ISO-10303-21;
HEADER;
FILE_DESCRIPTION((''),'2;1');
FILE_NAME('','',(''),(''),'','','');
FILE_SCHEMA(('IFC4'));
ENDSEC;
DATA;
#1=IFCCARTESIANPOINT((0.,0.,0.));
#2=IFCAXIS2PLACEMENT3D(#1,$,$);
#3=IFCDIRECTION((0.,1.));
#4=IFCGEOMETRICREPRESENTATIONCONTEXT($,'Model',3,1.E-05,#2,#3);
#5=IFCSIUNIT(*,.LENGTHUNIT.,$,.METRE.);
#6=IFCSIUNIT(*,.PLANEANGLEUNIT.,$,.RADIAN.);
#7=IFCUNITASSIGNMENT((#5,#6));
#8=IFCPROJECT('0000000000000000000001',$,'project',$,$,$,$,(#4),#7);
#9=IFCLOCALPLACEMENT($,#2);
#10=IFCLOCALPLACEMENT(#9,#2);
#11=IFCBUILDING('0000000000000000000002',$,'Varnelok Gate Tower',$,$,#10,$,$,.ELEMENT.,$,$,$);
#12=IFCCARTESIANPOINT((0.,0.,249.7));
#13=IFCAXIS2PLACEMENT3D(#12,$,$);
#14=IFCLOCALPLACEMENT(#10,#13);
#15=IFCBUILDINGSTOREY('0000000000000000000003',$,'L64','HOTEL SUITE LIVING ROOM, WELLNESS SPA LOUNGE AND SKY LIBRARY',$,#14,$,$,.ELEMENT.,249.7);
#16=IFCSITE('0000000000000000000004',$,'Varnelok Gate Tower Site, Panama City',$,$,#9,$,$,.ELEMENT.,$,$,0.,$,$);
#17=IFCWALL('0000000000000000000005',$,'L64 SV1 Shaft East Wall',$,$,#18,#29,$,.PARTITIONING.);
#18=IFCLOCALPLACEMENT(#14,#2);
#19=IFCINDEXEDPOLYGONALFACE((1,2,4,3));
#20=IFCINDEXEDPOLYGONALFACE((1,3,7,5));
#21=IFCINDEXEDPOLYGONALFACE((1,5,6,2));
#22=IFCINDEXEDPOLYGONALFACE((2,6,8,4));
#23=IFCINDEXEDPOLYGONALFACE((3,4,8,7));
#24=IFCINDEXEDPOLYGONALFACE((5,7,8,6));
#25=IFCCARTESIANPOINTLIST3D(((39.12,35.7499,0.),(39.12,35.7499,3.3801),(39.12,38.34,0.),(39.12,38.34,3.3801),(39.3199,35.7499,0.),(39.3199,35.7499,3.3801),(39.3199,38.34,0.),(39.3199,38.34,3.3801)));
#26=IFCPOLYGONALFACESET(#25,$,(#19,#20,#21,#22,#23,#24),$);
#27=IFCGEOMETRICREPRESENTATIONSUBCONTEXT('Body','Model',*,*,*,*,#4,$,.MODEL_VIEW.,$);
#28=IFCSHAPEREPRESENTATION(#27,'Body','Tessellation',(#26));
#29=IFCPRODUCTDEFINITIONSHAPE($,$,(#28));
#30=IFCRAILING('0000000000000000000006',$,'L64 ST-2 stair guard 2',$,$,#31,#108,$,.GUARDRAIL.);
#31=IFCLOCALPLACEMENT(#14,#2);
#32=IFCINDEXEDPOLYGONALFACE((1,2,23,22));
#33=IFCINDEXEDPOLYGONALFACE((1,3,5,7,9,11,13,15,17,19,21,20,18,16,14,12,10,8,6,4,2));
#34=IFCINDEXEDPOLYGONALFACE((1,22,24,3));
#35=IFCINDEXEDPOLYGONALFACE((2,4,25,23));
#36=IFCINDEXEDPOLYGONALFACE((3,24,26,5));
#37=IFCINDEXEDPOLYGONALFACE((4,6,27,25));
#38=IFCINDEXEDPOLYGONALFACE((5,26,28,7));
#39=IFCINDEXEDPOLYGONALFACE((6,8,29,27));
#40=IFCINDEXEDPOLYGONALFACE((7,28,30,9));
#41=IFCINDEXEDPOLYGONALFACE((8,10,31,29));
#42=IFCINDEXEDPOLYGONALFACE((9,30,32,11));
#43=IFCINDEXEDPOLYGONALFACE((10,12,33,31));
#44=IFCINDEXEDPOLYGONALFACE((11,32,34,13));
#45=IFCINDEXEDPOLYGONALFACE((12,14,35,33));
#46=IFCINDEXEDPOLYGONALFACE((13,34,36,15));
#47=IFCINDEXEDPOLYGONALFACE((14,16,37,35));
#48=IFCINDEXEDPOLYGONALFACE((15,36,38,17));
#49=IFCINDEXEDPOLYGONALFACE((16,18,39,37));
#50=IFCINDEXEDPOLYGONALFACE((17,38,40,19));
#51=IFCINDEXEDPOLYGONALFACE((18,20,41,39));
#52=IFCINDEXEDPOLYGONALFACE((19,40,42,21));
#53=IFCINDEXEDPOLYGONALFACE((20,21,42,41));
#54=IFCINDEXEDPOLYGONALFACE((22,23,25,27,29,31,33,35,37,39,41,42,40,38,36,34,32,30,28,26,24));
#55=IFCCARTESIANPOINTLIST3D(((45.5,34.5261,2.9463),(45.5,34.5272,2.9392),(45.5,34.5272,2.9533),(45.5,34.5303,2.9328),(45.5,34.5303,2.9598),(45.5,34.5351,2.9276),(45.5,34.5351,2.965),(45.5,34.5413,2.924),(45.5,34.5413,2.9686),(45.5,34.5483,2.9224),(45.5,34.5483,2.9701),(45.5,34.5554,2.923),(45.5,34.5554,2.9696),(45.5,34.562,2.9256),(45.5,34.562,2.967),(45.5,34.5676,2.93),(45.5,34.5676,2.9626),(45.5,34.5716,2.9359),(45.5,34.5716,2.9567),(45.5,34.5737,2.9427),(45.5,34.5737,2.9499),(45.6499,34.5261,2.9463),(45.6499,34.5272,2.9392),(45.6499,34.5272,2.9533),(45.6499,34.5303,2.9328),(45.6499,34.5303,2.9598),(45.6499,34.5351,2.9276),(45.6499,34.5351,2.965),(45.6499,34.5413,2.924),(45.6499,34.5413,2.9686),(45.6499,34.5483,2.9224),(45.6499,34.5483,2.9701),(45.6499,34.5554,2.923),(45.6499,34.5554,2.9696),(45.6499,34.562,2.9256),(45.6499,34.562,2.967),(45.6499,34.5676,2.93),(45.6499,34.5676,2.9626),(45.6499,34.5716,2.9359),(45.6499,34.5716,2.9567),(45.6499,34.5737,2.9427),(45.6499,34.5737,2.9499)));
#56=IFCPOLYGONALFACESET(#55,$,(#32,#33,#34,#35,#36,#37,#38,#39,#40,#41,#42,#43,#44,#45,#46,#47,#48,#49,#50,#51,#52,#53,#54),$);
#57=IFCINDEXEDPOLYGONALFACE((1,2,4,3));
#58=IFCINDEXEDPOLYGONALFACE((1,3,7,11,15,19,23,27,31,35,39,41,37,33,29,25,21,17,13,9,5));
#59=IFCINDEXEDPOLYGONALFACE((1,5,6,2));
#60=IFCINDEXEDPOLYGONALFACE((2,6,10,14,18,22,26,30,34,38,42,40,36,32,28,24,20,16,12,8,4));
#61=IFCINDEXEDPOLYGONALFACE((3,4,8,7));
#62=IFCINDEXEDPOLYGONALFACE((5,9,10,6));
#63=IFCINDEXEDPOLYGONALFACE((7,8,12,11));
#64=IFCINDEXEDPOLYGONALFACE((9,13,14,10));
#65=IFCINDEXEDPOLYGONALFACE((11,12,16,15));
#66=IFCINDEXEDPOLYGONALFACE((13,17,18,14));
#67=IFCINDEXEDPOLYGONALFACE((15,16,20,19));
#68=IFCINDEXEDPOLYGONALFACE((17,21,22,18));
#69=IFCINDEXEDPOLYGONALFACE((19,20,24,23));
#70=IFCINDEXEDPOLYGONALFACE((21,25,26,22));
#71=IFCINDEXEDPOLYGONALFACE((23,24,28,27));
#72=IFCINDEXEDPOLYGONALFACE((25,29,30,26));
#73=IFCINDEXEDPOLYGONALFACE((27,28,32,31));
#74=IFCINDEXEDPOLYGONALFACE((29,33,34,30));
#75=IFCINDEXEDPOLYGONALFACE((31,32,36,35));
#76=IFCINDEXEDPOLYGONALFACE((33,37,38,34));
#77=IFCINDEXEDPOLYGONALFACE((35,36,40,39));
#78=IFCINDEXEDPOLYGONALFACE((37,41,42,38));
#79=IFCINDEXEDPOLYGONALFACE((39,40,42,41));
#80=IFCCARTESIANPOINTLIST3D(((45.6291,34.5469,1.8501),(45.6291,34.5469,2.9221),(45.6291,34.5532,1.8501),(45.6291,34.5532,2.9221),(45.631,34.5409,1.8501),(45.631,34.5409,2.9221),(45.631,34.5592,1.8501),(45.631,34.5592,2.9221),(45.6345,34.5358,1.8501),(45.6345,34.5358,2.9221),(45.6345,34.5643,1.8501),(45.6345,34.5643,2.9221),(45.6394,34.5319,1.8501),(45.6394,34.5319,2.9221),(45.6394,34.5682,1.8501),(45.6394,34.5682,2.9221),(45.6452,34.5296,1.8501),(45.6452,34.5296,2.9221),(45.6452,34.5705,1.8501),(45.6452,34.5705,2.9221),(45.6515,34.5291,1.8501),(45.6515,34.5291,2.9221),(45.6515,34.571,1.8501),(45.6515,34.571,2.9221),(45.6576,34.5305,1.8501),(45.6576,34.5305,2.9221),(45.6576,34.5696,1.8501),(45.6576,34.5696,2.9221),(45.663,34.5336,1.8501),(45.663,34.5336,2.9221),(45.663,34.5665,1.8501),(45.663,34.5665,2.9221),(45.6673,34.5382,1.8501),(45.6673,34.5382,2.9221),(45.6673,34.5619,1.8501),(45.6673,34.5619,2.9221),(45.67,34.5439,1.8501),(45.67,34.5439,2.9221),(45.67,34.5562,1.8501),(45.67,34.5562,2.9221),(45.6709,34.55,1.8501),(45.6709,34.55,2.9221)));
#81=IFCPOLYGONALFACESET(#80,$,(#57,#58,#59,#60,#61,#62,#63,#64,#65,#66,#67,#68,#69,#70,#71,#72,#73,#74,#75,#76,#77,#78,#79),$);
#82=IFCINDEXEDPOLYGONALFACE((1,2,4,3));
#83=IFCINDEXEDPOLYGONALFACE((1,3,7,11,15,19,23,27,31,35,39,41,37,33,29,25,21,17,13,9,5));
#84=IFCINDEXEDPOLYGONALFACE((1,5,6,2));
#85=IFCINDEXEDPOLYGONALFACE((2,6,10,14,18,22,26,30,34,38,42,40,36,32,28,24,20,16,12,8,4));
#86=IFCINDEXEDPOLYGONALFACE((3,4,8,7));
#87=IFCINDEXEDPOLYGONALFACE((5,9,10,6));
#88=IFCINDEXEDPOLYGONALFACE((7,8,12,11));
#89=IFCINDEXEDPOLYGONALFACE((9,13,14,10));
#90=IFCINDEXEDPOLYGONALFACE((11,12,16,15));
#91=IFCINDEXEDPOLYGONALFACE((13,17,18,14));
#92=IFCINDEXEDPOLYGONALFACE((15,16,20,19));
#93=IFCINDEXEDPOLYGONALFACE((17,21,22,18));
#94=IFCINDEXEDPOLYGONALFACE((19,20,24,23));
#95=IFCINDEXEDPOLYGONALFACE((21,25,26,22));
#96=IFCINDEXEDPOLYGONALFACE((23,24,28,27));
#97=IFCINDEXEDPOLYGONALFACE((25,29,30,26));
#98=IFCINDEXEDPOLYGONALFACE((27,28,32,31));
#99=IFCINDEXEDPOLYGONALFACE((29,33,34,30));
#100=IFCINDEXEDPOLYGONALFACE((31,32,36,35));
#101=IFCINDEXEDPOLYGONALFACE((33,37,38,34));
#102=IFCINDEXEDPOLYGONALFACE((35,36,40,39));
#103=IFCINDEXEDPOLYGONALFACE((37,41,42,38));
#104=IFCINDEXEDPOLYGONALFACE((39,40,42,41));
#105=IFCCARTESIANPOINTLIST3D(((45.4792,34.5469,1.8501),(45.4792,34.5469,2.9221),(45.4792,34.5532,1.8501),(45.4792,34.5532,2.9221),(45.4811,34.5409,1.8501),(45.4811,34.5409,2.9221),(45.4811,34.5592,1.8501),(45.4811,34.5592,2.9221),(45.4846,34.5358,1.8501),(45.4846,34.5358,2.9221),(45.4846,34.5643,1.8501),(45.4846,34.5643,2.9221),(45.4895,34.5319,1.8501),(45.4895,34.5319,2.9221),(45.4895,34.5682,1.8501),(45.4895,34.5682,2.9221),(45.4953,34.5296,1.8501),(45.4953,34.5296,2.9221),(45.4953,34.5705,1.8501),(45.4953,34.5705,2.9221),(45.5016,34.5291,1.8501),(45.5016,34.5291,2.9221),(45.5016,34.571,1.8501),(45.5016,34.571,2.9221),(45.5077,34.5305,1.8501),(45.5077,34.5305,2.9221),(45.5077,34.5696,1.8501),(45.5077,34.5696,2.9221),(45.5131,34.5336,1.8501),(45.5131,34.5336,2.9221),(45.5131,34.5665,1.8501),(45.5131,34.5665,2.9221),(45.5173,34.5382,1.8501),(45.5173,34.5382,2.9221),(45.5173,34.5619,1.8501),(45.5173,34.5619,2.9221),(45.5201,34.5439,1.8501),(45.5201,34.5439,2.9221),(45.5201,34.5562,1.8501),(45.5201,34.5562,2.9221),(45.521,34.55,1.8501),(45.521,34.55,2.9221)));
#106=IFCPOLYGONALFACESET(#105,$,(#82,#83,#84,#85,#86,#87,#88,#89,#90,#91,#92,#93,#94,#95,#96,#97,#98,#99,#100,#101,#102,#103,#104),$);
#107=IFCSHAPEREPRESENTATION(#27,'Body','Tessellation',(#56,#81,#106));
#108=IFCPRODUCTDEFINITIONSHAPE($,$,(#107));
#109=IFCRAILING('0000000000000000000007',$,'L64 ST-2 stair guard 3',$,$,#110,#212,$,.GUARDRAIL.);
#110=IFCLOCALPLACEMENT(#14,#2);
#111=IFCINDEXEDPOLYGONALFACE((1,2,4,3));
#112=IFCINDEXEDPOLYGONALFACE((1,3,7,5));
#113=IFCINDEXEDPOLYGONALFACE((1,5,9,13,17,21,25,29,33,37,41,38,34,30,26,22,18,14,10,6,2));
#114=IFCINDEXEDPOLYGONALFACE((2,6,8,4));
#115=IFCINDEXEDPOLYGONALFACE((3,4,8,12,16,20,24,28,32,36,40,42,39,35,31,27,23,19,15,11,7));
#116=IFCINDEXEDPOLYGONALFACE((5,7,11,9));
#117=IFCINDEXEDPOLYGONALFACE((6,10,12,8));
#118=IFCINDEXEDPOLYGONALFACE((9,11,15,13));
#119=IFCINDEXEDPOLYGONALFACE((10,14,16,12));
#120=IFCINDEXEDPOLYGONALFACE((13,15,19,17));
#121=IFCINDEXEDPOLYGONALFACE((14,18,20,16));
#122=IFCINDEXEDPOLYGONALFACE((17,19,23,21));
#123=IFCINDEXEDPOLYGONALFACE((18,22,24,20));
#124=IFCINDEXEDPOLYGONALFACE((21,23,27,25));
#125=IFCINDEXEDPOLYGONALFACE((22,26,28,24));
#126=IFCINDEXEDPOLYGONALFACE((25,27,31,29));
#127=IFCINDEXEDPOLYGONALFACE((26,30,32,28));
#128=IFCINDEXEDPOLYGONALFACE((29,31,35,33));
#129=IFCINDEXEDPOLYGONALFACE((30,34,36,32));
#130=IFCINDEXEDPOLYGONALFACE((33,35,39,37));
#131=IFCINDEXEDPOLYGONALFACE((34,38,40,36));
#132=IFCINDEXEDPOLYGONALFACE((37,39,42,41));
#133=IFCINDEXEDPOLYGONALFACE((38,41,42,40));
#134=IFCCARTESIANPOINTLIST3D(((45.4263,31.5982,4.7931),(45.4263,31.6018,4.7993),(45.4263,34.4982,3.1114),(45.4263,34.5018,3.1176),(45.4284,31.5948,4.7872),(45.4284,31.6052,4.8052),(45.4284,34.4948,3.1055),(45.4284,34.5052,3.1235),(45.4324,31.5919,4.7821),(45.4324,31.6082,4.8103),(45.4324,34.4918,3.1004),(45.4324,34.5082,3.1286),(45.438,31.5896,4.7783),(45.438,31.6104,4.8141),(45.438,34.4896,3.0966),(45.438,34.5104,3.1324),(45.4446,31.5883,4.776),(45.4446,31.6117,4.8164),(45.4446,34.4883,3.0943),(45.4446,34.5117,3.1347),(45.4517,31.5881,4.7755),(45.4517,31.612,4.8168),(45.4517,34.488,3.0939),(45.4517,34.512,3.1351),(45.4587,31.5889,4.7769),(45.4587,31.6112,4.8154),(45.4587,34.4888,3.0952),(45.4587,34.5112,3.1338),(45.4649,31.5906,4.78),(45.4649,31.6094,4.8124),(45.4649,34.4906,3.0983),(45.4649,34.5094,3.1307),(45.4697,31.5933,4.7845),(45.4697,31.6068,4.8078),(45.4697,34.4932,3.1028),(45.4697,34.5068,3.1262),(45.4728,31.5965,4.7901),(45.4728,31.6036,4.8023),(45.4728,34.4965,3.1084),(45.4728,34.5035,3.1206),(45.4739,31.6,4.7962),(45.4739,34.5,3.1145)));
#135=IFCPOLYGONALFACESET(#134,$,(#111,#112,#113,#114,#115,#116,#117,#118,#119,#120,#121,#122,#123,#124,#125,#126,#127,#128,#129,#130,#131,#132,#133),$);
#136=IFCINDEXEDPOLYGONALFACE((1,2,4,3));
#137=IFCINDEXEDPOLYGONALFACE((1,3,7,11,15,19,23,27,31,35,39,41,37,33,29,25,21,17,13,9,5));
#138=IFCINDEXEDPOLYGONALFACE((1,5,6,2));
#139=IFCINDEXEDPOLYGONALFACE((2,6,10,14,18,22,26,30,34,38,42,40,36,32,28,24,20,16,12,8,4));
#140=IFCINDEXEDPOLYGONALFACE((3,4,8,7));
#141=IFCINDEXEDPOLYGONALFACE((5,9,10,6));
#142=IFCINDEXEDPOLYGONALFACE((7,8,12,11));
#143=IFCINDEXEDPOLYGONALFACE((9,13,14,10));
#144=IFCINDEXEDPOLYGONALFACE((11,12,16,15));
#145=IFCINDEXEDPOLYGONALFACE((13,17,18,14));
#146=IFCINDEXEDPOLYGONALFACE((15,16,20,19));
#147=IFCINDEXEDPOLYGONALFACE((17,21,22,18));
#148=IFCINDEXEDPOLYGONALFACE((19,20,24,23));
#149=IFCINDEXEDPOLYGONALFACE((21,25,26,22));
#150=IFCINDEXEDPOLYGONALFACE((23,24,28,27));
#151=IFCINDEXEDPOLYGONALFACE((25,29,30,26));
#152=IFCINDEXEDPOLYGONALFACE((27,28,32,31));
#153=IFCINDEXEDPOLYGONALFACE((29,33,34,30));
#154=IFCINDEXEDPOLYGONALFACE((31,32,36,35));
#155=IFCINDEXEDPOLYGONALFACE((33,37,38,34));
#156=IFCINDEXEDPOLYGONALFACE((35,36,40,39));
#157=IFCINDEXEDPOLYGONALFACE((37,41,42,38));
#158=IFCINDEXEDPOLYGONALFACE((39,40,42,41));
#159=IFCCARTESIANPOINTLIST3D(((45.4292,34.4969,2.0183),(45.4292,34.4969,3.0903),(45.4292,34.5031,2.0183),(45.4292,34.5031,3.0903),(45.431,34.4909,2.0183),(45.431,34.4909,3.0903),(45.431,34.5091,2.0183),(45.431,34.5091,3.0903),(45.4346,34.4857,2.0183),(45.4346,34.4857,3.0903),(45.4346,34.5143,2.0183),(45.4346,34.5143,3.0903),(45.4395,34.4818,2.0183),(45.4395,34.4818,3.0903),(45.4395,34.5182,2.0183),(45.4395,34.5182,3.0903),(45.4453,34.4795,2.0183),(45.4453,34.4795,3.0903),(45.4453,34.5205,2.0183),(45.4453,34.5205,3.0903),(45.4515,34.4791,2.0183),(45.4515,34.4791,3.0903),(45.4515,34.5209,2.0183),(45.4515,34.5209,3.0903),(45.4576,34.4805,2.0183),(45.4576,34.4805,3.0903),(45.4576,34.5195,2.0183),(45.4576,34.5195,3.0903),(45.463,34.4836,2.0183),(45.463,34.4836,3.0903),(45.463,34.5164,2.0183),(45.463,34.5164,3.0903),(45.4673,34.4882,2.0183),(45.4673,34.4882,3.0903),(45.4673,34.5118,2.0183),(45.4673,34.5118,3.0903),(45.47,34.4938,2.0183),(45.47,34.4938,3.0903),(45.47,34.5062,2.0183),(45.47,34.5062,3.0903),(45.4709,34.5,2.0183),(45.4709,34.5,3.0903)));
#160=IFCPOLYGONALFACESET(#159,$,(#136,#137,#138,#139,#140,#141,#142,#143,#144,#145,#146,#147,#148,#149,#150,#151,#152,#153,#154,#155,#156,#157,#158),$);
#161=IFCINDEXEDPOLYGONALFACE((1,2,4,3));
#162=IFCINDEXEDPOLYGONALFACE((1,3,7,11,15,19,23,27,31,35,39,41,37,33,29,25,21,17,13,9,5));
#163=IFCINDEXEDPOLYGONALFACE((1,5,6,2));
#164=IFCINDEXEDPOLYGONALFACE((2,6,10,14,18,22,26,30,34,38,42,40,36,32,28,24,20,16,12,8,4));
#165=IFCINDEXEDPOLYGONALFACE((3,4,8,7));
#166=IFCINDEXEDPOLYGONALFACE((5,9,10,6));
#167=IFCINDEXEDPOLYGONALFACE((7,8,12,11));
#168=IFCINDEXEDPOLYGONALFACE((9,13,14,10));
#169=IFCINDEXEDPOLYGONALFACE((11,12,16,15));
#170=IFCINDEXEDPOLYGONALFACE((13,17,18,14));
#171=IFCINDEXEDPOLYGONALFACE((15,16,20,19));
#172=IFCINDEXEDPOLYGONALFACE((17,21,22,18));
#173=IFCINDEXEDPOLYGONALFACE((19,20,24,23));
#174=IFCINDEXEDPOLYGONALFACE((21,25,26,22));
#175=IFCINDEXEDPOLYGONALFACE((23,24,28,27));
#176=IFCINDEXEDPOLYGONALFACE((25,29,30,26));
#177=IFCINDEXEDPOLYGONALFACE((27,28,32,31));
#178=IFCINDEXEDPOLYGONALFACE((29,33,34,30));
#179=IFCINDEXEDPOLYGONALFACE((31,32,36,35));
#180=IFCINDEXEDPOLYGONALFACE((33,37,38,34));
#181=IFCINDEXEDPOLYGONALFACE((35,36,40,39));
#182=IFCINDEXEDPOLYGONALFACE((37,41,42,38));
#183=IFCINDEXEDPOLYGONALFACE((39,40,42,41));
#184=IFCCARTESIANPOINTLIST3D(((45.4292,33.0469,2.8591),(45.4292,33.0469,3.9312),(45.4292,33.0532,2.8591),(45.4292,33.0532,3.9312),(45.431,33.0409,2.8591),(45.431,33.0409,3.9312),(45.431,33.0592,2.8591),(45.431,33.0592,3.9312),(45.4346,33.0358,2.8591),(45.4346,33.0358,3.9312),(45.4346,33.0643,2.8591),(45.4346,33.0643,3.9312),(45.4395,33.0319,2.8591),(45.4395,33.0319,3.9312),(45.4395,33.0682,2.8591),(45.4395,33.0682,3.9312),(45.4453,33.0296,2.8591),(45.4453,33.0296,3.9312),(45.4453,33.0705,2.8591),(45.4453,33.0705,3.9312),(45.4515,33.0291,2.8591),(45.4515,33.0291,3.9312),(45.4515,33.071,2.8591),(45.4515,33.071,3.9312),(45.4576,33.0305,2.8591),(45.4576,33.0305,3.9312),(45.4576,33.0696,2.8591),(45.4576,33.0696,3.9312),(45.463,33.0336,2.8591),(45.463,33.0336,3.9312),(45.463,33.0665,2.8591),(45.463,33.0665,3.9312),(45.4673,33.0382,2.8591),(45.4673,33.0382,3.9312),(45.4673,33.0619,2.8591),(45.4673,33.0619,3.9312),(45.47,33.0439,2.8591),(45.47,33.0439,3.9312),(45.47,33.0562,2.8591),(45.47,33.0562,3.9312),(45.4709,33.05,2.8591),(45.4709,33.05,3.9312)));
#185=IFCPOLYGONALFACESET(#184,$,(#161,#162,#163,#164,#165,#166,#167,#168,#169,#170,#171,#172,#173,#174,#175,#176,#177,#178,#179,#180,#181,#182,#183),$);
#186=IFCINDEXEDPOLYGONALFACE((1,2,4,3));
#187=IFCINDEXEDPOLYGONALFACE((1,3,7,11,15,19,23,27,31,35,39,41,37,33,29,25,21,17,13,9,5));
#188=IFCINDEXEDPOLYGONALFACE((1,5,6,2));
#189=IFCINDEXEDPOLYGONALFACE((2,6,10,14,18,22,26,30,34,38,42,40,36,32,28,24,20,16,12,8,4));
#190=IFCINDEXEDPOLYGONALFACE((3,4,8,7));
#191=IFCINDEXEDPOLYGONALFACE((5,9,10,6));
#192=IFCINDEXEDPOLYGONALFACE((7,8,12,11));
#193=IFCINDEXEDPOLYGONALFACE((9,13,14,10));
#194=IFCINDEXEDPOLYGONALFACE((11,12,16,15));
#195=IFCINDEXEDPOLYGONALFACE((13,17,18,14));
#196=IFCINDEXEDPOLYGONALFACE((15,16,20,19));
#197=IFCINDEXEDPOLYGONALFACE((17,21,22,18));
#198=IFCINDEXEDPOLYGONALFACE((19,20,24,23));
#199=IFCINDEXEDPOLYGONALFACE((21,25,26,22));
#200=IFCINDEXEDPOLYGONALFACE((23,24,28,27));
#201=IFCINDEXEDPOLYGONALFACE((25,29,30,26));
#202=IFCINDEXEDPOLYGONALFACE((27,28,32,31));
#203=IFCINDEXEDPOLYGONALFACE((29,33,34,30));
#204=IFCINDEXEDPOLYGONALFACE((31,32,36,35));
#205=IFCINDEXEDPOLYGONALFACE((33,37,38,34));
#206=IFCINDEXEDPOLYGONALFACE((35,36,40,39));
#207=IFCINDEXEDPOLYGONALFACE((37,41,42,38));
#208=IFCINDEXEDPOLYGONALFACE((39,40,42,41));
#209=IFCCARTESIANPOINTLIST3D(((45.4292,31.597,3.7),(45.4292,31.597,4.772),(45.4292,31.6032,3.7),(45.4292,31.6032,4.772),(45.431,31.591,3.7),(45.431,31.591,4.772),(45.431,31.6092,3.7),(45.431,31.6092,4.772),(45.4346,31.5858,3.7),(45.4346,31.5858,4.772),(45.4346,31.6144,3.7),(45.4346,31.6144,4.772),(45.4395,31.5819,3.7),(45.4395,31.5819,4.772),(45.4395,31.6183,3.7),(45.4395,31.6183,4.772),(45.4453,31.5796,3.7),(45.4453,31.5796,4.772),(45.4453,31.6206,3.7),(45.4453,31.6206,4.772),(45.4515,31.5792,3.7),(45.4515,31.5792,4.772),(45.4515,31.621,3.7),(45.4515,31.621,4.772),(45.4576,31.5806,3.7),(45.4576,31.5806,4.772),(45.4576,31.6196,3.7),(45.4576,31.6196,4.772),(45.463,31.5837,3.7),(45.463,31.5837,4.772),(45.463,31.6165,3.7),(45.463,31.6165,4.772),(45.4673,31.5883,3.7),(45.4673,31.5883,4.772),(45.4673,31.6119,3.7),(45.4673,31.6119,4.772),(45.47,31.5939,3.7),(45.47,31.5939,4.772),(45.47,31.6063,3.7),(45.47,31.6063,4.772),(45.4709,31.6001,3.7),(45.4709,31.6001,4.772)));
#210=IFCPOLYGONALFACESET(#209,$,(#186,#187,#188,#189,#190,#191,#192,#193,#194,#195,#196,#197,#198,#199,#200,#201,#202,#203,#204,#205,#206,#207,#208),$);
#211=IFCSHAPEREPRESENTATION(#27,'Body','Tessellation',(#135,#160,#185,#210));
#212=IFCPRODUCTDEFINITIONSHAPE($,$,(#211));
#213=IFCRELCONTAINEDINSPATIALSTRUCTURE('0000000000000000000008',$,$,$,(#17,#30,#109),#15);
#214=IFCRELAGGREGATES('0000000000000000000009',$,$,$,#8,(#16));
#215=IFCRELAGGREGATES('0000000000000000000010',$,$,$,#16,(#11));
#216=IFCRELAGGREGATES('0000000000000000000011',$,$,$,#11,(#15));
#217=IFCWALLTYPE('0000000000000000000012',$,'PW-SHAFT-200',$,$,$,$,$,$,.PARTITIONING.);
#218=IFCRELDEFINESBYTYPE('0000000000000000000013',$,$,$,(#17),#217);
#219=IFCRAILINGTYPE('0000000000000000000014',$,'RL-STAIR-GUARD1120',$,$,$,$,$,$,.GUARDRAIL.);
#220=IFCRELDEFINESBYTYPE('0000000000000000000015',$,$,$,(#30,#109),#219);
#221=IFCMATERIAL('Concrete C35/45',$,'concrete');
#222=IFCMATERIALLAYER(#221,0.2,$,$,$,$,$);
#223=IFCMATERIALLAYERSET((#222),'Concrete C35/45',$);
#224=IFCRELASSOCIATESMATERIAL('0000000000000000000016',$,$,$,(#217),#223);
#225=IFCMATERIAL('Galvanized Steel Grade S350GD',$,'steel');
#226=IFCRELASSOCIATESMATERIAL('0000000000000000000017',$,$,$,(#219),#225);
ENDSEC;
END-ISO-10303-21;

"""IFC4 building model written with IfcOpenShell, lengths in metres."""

from ifc_helpers import new_model, si_unit, direction, frame, frame_2d, origin, origin_2d, place, context, subcontext, project, spatial, rectangle, circle, extrude, material, layer, layer_set, type_object, element, save


model = new_model("IFC4")

# Units and contexts
model_context = context("Model", 3, precision=1e-05, world=origin(), true_north=direction((0.0, 1.0)))
body_context = subcontext(model_context, "Body", "Model", "MODEL_VIEW")
ifc_project = project(units=[si_unit("LENGTHUNIT", "METRE"), si_unit("PLANEANGLEUNIT", "RADIAN")], contexts=[model_context])

# Site, building, storey
site_placement = place(None, origin())
site = spatial("IfcSite", under=ifc_project, at=site_placement, Name="Varnelok Gate Tower Site, Panama City", CompositionType="ELEMENT", RefElevation=0.0)
building_placement = place(site_placement, origin())
building = spatial("IfcBuilding", under=site, at=building_placement, Name="Varnelok Gate Tower", CompositionType="ELEMENT")
storey_placement = place(building_placement, frame((0.0, 0.0, 249.7)))
storey = spatial("IfcBuildingStorey", under=building, at=storey_placement, Name="L64", Description="HOTEL SUITE LIVING ROOM, WELLNESS SPA LOUNGE AND SKY LIBRARY", CompositionType="ELEMENT", Elevation=249.7)

# Shared definitions
ifc_material_1 = material(Name="Galvanized Steel Grade S350GD", Category="steel")

# Wall
ifc_material_2 = material(Name="Concrete C35/45", Category="concrete")
ifc_layer_1 = layer(ifc_material_2, 0.2)
ifc_layer_set_1 = layer_set([ifc_layer_1], Name="Concrete C35/45")
wall_type_1 = type_object("IfcWallType", Name="PW-SHAFT-200", PredefinedType="PARTITIONING", material=ifc_layer_set_1)
wall_1_placement = place(storey_placement, frame((39.22, 35.75, 0.0), z_axis=(0.0, 0.0, 1.0), x_axis=(0.0, 1.0, 0.0)))
element("IfcWall", 1, at=wall_1_placement, inside=storey, type_object=wall_type_1, Name="L64 SV1 Shaft East Wall", PredefinedType="PARTITIONING", context=body_context, shape_type="SweptSolid", body=[
    extrude(rectangle(XDim=2.5901, YDim=0.2, at=frame_2d((1.2949, 0.0))), origin(), (0.0, 0.0, 1.0), 3.3801),
])

# Railings
railing_type = type_object("IfcRailingType", Name="RL-STAIR-GUARD1120", PredefinedType="GUARDRAIL", material=ifc_material_1)
railing_1_placement = place(storey_placement, frame((45.6499, 34.55, 1.8501)))
element("IfcRailing", 2, at=railing_1_placement, inside=storey, type_object=railing_type, Name="L64 ST-2 stair guard 2", PredefinedType="GUARDRAIL", context=body_context, shape_type="SweptSolid", body=[
    extrude(circle(Radius=0.0239, at=origin_2d()), frame((0.0, 0.0, 1.0962), z_axis=(-1.0, 0.0, 0.0), x_axis=(0.0, -1.0, 0.0)), (0.0, 0.0, 1.0), 0.1499),
    extrude(circle(Radius=0.021, at=origin_2d()), origin(), (0.0, 0.0, 1.0), 1.072),
    extrude(circle(Radius=0.021, at=origin_2d()), frame((-0.1499, 0.0, 0.0)), (0.0, 0.0, 1.0), 1.072),
])
railing_2_placement = place(storey_placement, frame((45.45, 34.5, 2.0183)))
element("IfcRailing", 3, at=railing_2_placement, inside=storey, type_object=railing_type, Name="L64 ST-2 stair guard 3", PredefinedType="GUARDRAIL", context=body_context, shape_type="SweptSolid", body=[
    extrude(circle(Radius=0.0239, at=origin_2d()), frame((0.0, 0.0, 1.0962), z_axis=(0.0, -0.86507, 0.501651), x_axis=(1.0, 0.0, 0.0)), (0.0, 0.0, 1.0), 3.3523),
    extrude(circle(Radius=0.021, at=origin_2d()), origin(), (0.0, 0.0, 1.0), 1.072),
    extrude(circle(Radius=0.021, at=origin_2d()), frame((0.0, -1.45, 0.8408)), (0.0, 0.0, 1.0), 1.072),
    extrude(circle(Radius=0.021, at=origin_2d()), frame((0.0, -2.8999, 1.6816)), (0.0, 0.0, 1.0), 1.072),
])

save(model, "model.ifc")
